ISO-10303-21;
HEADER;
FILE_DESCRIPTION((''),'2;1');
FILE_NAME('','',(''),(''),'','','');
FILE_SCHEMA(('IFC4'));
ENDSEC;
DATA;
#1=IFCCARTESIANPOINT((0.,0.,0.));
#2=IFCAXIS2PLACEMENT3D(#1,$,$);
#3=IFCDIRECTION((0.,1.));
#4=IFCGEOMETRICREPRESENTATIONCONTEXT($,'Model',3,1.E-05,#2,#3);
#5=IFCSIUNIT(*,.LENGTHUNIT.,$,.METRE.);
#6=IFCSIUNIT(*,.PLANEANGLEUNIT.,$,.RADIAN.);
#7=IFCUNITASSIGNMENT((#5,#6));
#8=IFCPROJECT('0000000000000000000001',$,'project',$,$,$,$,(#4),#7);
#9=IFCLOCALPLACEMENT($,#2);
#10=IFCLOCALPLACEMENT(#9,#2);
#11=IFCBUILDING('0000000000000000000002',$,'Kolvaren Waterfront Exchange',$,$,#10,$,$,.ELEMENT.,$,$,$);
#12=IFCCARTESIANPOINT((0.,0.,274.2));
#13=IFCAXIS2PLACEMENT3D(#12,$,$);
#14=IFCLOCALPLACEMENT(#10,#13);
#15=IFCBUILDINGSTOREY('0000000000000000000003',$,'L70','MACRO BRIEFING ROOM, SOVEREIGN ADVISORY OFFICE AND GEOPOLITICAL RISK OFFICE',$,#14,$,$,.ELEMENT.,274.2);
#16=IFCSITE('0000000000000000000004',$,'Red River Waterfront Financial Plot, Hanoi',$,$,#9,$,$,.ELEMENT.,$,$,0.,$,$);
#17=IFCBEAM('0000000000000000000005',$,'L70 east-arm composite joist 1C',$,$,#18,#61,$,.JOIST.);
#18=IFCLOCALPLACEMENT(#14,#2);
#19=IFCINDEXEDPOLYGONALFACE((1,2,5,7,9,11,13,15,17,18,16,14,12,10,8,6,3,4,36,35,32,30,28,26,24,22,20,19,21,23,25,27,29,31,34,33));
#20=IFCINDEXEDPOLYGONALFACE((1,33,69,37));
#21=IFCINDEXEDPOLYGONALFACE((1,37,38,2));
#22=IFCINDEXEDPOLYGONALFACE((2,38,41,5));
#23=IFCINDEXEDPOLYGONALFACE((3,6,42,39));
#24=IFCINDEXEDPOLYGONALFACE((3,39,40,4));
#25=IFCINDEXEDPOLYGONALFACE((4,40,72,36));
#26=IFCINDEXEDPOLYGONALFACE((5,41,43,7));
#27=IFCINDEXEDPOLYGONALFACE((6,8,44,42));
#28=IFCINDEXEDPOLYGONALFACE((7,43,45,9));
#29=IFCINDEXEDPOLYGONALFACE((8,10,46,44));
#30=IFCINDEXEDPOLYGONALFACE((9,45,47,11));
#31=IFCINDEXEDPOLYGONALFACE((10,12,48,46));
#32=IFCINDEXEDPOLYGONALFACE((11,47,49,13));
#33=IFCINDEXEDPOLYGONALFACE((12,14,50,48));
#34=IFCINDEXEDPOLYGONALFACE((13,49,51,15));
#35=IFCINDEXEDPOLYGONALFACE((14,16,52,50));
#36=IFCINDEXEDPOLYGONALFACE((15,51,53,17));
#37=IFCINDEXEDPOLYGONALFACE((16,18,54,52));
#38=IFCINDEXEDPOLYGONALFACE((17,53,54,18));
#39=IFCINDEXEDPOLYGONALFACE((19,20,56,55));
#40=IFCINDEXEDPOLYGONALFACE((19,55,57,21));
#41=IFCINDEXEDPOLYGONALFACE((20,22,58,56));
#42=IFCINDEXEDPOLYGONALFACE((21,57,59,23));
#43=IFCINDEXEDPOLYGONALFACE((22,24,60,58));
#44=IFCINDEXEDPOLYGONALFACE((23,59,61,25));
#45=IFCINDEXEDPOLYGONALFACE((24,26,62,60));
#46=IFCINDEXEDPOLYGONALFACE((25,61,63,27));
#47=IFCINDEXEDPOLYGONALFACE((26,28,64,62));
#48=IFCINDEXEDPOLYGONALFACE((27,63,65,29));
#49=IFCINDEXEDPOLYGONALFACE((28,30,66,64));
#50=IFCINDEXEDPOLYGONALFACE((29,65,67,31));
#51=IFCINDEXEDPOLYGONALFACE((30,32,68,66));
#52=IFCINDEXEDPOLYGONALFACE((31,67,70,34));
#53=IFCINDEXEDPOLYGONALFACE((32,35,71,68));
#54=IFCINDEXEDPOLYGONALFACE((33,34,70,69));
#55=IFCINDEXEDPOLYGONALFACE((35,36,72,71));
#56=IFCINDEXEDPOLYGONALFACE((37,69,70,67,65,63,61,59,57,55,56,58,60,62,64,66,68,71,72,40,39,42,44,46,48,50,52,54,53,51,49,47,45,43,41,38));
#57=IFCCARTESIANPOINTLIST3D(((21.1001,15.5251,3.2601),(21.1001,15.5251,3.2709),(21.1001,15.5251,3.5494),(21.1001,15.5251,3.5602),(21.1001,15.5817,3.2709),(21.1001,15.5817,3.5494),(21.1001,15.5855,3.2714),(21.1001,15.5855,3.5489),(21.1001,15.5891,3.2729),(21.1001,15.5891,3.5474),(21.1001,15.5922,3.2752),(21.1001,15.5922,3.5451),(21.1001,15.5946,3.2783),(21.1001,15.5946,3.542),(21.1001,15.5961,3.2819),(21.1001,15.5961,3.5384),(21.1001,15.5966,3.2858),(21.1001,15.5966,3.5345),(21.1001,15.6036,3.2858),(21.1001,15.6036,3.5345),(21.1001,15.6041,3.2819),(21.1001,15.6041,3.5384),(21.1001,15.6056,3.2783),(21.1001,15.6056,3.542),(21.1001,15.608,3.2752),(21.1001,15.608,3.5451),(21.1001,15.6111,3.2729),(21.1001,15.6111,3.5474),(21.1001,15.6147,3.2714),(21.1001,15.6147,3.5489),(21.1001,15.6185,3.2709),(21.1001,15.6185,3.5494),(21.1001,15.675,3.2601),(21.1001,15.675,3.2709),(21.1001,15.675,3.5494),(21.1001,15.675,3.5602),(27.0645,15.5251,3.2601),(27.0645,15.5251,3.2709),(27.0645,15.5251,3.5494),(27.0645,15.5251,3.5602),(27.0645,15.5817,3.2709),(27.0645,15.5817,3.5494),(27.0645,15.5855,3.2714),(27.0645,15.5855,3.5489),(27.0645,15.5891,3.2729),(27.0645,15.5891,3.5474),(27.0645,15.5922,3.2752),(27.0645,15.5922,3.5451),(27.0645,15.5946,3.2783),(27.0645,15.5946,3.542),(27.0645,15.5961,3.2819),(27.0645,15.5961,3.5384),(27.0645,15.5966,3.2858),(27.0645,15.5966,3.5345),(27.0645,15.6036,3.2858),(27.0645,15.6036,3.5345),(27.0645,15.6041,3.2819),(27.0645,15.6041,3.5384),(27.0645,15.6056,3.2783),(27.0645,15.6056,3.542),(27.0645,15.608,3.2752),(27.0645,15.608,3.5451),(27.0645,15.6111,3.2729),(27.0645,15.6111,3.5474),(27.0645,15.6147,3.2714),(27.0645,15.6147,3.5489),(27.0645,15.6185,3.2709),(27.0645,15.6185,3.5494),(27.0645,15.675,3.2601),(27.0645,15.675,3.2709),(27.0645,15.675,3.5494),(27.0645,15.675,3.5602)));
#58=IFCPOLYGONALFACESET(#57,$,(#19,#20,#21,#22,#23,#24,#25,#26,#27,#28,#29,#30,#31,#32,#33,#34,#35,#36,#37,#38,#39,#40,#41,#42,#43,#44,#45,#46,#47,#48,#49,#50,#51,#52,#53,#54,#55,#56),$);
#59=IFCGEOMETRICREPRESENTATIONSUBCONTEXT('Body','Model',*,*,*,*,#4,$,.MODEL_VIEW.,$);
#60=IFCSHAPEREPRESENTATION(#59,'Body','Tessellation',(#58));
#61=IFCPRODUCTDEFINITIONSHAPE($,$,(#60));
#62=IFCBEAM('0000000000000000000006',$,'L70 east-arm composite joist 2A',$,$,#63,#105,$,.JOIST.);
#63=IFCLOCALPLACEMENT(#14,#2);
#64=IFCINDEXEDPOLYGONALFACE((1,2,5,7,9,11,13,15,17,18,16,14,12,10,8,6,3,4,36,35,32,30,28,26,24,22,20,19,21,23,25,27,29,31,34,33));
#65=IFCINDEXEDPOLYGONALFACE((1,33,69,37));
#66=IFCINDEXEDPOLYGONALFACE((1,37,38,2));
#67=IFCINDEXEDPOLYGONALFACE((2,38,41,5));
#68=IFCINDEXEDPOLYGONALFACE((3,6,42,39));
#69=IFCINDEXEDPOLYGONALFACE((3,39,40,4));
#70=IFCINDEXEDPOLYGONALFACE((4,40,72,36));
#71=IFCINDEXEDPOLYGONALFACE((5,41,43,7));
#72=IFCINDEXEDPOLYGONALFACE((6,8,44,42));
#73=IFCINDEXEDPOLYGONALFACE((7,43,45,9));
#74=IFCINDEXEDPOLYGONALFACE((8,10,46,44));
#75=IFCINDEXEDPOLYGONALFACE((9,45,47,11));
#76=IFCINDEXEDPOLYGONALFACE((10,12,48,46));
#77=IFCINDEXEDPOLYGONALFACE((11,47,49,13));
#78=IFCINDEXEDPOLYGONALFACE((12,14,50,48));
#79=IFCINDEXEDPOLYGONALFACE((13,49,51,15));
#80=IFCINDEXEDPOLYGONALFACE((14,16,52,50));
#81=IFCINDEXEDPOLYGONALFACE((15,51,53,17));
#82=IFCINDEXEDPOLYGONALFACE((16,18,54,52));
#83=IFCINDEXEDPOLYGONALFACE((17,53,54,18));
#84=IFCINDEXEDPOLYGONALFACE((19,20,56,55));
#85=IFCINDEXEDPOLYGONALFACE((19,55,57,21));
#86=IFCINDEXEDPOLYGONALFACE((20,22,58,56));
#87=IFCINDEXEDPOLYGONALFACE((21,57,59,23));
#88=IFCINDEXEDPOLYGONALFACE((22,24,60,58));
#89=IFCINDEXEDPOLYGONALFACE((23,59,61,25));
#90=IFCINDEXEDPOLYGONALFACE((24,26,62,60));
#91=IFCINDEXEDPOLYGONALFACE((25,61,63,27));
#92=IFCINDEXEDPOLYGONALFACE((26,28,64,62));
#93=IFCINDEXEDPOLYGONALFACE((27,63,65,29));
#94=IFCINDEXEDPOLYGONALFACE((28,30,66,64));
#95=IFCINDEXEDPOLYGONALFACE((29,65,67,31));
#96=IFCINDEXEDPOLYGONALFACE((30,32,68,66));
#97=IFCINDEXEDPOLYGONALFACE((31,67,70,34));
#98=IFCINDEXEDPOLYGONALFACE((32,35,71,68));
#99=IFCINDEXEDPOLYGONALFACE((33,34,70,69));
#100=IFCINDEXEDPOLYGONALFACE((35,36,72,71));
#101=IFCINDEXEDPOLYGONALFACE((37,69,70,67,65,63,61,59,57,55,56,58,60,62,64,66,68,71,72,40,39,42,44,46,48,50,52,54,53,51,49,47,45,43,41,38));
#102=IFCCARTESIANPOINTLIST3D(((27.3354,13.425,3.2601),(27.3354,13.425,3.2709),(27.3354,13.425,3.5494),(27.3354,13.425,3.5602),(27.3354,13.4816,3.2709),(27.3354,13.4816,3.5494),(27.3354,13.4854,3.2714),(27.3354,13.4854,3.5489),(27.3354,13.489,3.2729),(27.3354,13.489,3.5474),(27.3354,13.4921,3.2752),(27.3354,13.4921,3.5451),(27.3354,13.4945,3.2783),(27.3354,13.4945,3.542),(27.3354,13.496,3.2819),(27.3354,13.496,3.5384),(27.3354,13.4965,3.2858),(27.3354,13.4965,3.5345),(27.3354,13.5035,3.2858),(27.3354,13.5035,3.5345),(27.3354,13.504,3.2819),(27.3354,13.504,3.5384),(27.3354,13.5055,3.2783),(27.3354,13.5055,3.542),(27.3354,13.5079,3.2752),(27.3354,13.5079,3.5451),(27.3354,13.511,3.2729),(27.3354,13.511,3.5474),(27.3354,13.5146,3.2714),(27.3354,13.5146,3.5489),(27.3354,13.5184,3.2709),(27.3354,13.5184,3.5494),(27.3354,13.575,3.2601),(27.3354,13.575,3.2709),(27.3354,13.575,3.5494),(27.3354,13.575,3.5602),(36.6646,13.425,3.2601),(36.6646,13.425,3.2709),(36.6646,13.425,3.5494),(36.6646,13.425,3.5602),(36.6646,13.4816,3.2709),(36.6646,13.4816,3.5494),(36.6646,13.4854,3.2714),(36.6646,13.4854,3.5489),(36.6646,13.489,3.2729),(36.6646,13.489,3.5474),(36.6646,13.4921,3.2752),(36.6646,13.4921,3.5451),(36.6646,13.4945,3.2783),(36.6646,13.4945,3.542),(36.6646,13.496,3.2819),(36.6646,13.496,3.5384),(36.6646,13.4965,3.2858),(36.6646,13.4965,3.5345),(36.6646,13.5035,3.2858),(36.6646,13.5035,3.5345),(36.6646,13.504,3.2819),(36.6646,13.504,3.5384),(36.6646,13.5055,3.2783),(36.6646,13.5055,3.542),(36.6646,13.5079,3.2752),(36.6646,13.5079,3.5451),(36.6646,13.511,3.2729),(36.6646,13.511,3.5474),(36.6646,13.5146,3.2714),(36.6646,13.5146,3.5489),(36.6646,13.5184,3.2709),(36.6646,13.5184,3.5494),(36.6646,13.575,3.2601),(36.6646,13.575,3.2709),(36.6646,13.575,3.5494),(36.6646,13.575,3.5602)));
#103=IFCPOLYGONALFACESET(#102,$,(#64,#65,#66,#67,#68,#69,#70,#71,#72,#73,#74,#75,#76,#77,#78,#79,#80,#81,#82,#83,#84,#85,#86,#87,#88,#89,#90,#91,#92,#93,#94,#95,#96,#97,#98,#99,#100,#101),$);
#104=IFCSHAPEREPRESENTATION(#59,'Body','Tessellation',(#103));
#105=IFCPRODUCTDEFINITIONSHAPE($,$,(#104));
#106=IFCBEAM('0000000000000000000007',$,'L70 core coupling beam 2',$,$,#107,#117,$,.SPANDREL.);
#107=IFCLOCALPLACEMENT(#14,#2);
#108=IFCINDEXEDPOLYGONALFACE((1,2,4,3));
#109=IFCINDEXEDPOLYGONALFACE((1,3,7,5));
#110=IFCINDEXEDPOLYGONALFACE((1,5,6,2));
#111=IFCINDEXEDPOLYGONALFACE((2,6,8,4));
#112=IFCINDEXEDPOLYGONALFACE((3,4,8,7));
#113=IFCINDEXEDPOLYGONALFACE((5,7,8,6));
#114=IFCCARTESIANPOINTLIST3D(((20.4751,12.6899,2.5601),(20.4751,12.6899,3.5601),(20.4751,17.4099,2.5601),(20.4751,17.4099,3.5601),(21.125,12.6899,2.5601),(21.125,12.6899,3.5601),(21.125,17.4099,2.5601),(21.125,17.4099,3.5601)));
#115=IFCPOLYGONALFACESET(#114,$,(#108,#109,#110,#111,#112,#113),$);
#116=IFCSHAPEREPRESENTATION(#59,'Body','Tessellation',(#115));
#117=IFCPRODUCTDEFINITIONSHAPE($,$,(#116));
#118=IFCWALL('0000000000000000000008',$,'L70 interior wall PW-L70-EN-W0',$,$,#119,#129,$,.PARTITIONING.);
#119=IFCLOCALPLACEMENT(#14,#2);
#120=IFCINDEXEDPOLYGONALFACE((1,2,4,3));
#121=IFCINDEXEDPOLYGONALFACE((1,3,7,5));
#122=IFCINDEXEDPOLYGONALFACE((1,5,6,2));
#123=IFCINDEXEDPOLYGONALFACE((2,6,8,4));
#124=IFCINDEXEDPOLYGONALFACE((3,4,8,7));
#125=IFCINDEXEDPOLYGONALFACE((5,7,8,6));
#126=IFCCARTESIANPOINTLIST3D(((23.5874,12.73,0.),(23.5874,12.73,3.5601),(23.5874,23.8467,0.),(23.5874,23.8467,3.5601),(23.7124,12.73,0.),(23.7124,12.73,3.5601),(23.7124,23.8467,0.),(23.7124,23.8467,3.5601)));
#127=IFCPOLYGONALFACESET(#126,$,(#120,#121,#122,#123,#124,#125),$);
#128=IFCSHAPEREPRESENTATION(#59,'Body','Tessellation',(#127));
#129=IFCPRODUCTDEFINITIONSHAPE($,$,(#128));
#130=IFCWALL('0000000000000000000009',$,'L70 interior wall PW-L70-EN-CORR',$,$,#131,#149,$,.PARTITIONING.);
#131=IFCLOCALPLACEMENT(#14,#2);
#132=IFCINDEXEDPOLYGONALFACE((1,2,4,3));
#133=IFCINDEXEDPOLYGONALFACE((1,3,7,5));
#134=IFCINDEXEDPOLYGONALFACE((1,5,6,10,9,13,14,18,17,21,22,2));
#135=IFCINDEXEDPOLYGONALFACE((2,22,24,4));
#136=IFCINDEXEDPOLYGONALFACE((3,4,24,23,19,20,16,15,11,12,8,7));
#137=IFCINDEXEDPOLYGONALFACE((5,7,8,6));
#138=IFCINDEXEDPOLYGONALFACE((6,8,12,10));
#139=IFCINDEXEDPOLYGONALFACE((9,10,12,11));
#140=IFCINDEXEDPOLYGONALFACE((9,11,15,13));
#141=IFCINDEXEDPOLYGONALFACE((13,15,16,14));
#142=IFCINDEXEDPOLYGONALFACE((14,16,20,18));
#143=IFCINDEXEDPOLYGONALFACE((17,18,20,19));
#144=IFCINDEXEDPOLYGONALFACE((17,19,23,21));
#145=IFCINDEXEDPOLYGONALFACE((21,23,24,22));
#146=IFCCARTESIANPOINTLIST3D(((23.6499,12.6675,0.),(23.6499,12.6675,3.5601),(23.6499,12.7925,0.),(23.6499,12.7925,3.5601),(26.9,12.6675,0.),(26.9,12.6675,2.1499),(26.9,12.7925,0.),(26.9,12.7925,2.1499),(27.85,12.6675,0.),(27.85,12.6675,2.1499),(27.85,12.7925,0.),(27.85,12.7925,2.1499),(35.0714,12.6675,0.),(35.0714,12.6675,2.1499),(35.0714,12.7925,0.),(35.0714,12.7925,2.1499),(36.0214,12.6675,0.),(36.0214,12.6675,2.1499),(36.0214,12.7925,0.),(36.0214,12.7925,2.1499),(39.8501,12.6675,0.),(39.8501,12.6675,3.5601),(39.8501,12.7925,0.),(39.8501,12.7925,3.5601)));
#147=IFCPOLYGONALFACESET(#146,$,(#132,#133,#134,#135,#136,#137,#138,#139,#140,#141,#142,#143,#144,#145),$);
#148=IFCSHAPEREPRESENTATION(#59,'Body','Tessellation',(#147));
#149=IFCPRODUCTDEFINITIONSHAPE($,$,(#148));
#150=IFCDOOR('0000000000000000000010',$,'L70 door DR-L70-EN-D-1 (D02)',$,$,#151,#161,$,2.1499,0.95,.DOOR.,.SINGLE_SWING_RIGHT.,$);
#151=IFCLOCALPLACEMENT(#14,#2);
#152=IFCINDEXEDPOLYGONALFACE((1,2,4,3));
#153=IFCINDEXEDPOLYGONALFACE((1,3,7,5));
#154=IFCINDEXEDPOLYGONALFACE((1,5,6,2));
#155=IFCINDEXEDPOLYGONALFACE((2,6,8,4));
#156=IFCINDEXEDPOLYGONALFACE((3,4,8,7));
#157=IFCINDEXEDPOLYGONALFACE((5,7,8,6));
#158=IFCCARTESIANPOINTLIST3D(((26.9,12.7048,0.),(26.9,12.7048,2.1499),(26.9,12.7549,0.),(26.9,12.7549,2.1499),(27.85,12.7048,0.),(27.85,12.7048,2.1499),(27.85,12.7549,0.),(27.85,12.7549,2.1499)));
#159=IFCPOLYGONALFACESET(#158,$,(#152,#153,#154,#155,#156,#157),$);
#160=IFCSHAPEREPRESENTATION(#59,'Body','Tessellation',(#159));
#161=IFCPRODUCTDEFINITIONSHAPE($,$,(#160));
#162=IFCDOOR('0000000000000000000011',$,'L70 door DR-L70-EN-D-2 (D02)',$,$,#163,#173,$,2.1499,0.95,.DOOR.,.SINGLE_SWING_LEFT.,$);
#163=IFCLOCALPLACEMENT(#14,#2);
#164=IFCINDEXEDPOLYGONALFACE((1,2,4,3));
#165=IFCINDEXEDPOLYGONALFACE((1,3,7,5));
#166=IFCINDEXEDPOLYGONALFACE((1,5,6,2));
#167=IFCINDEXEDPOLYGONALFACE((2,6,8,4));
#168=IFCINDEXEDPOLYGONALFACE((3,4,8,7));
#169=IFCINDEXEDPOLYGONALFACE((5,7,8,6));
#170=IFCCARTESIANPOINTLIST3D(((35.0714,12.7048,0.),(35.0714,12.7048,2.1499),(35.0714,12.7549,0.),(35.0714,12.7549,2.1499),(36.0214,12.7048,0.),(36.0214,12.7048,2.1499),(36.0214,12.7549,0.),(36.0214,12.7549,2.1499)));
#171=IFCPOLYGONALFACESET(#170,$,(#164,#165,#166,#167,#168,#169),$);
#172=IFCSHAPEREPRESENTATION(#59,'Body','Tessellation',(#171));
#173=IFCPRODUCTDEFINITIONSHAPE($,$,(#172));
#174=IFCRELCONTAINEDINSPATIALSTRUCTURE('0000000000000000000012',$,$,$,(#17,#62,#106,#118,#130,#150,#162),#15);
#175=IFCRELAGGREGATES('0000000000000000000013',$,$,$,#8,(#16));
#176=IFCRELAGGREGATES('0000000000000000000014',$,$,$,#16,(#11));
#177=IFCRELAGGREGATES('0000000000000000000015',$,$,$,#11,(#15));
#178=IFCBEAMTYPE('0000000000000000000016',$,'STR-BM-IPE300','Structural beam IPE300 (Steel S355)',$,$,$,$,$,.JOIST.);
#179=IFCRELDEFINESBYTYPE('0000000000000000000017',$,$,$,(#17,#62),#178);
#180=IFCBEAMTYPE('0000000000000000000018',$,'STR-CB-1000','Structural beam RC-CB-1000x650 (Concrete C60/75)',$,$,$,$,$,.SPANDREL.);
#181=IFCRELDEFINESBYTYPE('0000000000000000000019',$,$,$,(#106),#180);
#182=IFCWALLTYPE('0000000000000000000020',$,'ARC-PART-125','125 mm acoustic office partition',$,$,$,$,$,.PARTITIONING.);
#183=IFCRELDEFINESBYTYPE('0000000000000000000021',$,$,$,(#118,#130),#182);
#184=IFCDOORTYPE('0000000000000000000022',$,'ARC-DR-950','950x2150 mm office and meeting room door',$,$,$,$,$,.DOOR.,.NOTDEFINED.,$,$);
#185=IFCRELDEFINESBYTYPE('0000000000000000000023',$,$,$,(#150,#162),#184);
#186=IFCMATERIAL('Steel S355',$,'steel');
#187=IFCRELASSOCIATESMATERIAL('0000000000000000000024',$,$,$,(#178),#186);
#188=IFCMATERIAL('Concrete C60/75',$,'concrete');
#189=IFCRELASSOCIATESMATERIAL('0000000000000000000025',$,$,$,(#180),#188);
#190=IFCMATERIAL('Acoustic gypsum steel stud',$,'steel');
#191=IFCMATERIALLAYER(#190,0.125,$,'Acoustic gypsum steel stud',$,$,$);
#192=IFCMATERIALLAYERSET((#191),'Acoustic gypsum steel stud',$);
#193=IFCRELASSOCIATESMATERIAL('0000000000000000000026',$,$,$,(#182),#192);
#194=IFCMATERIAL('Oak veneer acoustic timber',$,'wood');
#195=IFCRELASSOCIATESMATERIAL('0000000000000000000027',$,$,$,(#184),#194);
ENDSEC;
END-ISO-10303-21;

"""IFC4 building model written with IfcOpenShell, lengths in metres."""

from ifc_helpers import new_model, si_unit, direction, frame, frame_2d, origin, origin_2d, place, context, subcontext, project, spatial, rectangle, i_section, extrude, material, layer, layer_set, material_profile, profile_set, type_object, element, fill, save


model = new_model("IFC4")

# Units and contexts
model_context = context("Model", 3, precision=1e-05, world=origin(), true_north=direction((0.0, 1.0)))
body_context = subcontext(model_context, "Body", "Model", "MODEL_VIEW")
ifc_project = project(units=[si_unit("LENGTHUNIT", "METRE"), si_unit("PLANEANGLEUNIT", "RADIAN")], contexts=[model_context])

# Site, building, storey
site_placement = place(None, origin())
site = spatial("IfcSite", under=ifc_project, at=site_placement, Name="Red River Waterfront Financial Plot, Hanoi", CompositionType="ELEMENT", RefElevation=0.0)
building_placement = place(site_placement, origin())
building = spatial("IfcBuilding", under=site, at=building_placement, Name="Kolvaren Waterfront Exchange", CompositionType="ELEMENT")
storey_placement = place(building_placement, frame((0.0, 0.0, 274.2)))
storey = spatial("IfcBuildingStorey", under=building, at=storey_placement, Name="L70", Description="MACRO BRIEFING ROOM, SOVEREIGN ADVISORY OFFICE AND GEOPOLITICAL RISK OFFICE", CompositionType="ELEMENT", Elevation=274.2)

# Beams
ifc_material_1 = material(Name="Steel S355", Category="steel")
ifc_material_profile_1 = material_profile(ifc_material_1, i_section(OverallWidth=0.1499, OverallDepth=0.3, WebThickness=0.0071, FlangeThickness=0.0107, FilletRadius=0.0149, at=origin_2d()), Name="IPE300")
ifc_profile_set_1 = profile_set([ifc_material_profile_1], Name="Steel S355")
beam_type_1 = type_object("IfcBeamType", Name="STR-BM-IPE300", Description="Structural beam IPE300 (Steel S355)", PredefinedType="JOIST", material=ifc_profile_set_1)
for number, where, z_axis, x_axis, name in (
    (1, (21.1001, 15.6001, 3.4102), (1.0, 0.0, 0.0), (0.0, 1.0, 0.0), "L70 east-arm composite joist 1C"),
):
    element("IfcBeam", number, at=place(storey_placement, frame(where, z_axis=z_axis, x_axis=x_axis)), inside=storey, type_object=beam_type_1, Name=name, PredefinedType="JOIST", context=body_context, shape_type="SweptSolid", body=[
        extrude(i_section(OverallWidth=0.1499, OverallDepth=0.3, WebThickness=0.0071, FlangeThickness=0.0107, FilletRadius=0.0149, at=origin_2d()), origin(), (0.0, 0.0, 1.0), 5.9644),
    ])
beam_1_placement = place(storey_placement, frame((27.3354, 13.5, 3.4102), z_axis=(1.0, 0.0, 0.0), x_axis=(0.0, 1.0, 0.0)))
element("IfcBeam", 2, at=beam_1_placement, inside=storey, type_object=beam_type_1, Name="L70 east-arm composite joist 2A", PredefinedType="JOIST", context=body_context, shape_type="SweptSolid", body=[
    extrude(i_section(OverallWidth=0.1499, OverallDepth=0.3, WebThickness=0.0071, FlangeThickness=0.0107, FilletRadius=0.0149, at=origin_2d()), origin(), (0.0, 0.0, 1.0), 9.3291),
])
ifc_material_2 = material(Name="Concrete C60/75", Category="concrete")
ifc_material_profile_2 = material_profile(ifc_material_2, rectangle(XDim=0.6499, YDim=1.0, at=origin_2d()), Name="RC-CB-1000x650")
ifc_profile_set_2 = profile_set([ifc_material_profile_2], Name="Concrete C60/75")
beam_type_2 = type_object("IfcBeamType", Name="STR-CB-1000", Description="Structural beam RC-CB-1000x650 (Concrete C60/75)", PredefinedType="SPANDREL", material=ifc_profile_set_2)
beam_2_placement = place(storey_placement, frame((20.8, 12.6899, 3.0601), z_axis=(0.0, 1.0, 0.0), x_axis=(-1.0, 0.0, 0.0)))
element("IfcBeam", 3, at=beam_2_placement, inside=storey, type_object=beam_type_2, Name="L70 core coupling beam 2", PredefinedType="SPANDREL", context=body_context, shape_type="SweptSolid", body=[
    extrude(rectangle(XDim=0.6499, YDim=1.0, at=origin_2d()), origin(), (0.0, 0.0, 1.0), 4.72),
])

# Wall
ifc_material_3 = material(Name="Acoustic gypsum steel stud", Category="steel")
ifc_layer_1 = layer(ifc_material_3, 0.125, Name="Acoustic gypsum steel stud")
ifc_layer_set_1 = layer_set([ifc_layer_1], Name="Acoustic gypsum steel stud")
wall_type_1 = type_object("IfcWallType", Name="ARC-PART-125", Description="125 mm acoustic office partition", PredefinedType="PARTITIONING", material=ifc_layer_set_1)
wall_1_placement = place(storey_placement, frame((23.6499, 12.73, 0.0), z_axis=(0.0, 0.0, 1.0), x_axis=(0.0, 1.0, 0.0)))
element("IfcWall", 4, at=wall_1_placement, inside=storey, type_object=wall_type_1, Name="L70 interior wall PW-L70-EN-W0", PredefinedType="PARTITIONING", context=body_context, shape_type="SweptSolid", body=[
    extrude(rectangle(XDim=11.1167, YDim=0.125, at=frame_2d((5.5583, 0.0))), origin(), (0.0, 0.0, 1.0), 3.5601),
])

# Wall, openings, doors
wall_2_placement = place(storey_placement, frame((23.6499, 12.73, 0.0), z_axis=(0.0, 0.0, 1.0), x_axis=(1.0, 0.0, 0.0)))
wall_2 = element("IfcWall", 5, at=wall_2_placement, inside=storey, type_object=wall_type_1, Name="L70 interior wall PW-L70-EN-CORR", PredefinedType="PARTITIONING", context=body_context, shape_type="SweptSolid", body=[
    extrude(rectangle(XDim=16.2002, YDim=0.125, at=frame_2d((8.1001, 0.0))), origin(), (0.0, 0.0, 1.0), 3.5601),
])
opening_1_placement = place(wall_2_placement, frame((3.25, 0.0, 0.0)))
opening_1 = element("IfcOpeningElement", 6, at=opening_1_placement, cuts=wall_2, PredefinedType="OPENING", context=body_context, shape_type="SweptSolid", body=[
    extrude(rectangle(XDim=0.95, YDim=2.1499, at=frame_2d((0.4751, 1.075))), frame((0.0, 0.0725, 0.0), z_axis=(0.0, -1.0, 0.0), x_axis=(1.0, 0.0, 0.0)), (0.0, 0.0, 1.0), 0.145),
])
opening_2_placement = place(wall_2_placement, frame((11.4214, 0.0, 0.0)))
opening_2 = element("IfcOpeningElement", 7, at=opening_2_placement, cuts=wall_2, PredefinedType="OPENING", context=body_context, shape_type="SweptSolid", body=[
    extrude(rectangle(XDim=0.95, YDim=2.1499, at=frame_2d((0.4751, 1.075))), frame((0.0, 0.0725, 0.0), z_axis=(0.0, -1.0, 0.0), x_axis=(1.0, 0.0, 0.0)), (0.0, 0.0, 1.0), 0.145),
])
ifc_material_4 = material(Name="Oak veneer acoustic timber", Category="wood")
door_type = type_object("IfcDoorType", Name="ARC-DR-950", Description="950x2150 mm office and meeting room door", OperationType="NOTDEFINED", PredefinedType="DOOR", material=ifc_material_4)
door_1_placement = place(opening_1_placement, origin())
door_1 = element("IfcDoor", 8, at=door_1_placement, inside=storey, type_object=door_type, Name="L70 door DR-L70-EN-D-1 (D02)", OperationType="SINGLE_SWING_RIGHT", OverallHeight=2.1499, OverallWidth=0.95, PredefinedType="DOOR", context=body_context, shape_type="SweptSolid", body=[
    extrude(rectangle(XDim=0.95, YDim=2.1499, at=frame_2d((0.4751, 1.075))), frame((0.0, 0.0249, 0.0), z_axis=(0.0, -1.0, 0.0), x_axis=(1.0, 0.0, 0.0)), (0.0, 0.0, 1.0), 0.05),
])
fill(opening_1, door_1)
door_2_placement = place(opening_2_placement, origin())
door_2 = element("IfcDoor", 9, at=door_2_placement, inside=storey, type_object=door_type, Name="L70 door DR-L70-EN-D-2 (D02)", OperationType="SINGLE_SWING_LEFT", OverallHeight=2.1499, OverallWidth=0.95, PredefinedType="DOOR", context=body_context, shape_type="SweptSolid", body=[
    extrude(rectangle(XDim=0.95, YDim=2.1499, at=frame_2d((0.4751, 1.075))), frame((0.0, 0.0249, 0.0), z_axis=(0.0, -1.0, 0.0), x_axis=(1.0, 0.0, 0.0)), (0.0, 0.0, 1.0), 0.05),
])
fill(opening_2, door_2)

save(model, "model.ifc")
